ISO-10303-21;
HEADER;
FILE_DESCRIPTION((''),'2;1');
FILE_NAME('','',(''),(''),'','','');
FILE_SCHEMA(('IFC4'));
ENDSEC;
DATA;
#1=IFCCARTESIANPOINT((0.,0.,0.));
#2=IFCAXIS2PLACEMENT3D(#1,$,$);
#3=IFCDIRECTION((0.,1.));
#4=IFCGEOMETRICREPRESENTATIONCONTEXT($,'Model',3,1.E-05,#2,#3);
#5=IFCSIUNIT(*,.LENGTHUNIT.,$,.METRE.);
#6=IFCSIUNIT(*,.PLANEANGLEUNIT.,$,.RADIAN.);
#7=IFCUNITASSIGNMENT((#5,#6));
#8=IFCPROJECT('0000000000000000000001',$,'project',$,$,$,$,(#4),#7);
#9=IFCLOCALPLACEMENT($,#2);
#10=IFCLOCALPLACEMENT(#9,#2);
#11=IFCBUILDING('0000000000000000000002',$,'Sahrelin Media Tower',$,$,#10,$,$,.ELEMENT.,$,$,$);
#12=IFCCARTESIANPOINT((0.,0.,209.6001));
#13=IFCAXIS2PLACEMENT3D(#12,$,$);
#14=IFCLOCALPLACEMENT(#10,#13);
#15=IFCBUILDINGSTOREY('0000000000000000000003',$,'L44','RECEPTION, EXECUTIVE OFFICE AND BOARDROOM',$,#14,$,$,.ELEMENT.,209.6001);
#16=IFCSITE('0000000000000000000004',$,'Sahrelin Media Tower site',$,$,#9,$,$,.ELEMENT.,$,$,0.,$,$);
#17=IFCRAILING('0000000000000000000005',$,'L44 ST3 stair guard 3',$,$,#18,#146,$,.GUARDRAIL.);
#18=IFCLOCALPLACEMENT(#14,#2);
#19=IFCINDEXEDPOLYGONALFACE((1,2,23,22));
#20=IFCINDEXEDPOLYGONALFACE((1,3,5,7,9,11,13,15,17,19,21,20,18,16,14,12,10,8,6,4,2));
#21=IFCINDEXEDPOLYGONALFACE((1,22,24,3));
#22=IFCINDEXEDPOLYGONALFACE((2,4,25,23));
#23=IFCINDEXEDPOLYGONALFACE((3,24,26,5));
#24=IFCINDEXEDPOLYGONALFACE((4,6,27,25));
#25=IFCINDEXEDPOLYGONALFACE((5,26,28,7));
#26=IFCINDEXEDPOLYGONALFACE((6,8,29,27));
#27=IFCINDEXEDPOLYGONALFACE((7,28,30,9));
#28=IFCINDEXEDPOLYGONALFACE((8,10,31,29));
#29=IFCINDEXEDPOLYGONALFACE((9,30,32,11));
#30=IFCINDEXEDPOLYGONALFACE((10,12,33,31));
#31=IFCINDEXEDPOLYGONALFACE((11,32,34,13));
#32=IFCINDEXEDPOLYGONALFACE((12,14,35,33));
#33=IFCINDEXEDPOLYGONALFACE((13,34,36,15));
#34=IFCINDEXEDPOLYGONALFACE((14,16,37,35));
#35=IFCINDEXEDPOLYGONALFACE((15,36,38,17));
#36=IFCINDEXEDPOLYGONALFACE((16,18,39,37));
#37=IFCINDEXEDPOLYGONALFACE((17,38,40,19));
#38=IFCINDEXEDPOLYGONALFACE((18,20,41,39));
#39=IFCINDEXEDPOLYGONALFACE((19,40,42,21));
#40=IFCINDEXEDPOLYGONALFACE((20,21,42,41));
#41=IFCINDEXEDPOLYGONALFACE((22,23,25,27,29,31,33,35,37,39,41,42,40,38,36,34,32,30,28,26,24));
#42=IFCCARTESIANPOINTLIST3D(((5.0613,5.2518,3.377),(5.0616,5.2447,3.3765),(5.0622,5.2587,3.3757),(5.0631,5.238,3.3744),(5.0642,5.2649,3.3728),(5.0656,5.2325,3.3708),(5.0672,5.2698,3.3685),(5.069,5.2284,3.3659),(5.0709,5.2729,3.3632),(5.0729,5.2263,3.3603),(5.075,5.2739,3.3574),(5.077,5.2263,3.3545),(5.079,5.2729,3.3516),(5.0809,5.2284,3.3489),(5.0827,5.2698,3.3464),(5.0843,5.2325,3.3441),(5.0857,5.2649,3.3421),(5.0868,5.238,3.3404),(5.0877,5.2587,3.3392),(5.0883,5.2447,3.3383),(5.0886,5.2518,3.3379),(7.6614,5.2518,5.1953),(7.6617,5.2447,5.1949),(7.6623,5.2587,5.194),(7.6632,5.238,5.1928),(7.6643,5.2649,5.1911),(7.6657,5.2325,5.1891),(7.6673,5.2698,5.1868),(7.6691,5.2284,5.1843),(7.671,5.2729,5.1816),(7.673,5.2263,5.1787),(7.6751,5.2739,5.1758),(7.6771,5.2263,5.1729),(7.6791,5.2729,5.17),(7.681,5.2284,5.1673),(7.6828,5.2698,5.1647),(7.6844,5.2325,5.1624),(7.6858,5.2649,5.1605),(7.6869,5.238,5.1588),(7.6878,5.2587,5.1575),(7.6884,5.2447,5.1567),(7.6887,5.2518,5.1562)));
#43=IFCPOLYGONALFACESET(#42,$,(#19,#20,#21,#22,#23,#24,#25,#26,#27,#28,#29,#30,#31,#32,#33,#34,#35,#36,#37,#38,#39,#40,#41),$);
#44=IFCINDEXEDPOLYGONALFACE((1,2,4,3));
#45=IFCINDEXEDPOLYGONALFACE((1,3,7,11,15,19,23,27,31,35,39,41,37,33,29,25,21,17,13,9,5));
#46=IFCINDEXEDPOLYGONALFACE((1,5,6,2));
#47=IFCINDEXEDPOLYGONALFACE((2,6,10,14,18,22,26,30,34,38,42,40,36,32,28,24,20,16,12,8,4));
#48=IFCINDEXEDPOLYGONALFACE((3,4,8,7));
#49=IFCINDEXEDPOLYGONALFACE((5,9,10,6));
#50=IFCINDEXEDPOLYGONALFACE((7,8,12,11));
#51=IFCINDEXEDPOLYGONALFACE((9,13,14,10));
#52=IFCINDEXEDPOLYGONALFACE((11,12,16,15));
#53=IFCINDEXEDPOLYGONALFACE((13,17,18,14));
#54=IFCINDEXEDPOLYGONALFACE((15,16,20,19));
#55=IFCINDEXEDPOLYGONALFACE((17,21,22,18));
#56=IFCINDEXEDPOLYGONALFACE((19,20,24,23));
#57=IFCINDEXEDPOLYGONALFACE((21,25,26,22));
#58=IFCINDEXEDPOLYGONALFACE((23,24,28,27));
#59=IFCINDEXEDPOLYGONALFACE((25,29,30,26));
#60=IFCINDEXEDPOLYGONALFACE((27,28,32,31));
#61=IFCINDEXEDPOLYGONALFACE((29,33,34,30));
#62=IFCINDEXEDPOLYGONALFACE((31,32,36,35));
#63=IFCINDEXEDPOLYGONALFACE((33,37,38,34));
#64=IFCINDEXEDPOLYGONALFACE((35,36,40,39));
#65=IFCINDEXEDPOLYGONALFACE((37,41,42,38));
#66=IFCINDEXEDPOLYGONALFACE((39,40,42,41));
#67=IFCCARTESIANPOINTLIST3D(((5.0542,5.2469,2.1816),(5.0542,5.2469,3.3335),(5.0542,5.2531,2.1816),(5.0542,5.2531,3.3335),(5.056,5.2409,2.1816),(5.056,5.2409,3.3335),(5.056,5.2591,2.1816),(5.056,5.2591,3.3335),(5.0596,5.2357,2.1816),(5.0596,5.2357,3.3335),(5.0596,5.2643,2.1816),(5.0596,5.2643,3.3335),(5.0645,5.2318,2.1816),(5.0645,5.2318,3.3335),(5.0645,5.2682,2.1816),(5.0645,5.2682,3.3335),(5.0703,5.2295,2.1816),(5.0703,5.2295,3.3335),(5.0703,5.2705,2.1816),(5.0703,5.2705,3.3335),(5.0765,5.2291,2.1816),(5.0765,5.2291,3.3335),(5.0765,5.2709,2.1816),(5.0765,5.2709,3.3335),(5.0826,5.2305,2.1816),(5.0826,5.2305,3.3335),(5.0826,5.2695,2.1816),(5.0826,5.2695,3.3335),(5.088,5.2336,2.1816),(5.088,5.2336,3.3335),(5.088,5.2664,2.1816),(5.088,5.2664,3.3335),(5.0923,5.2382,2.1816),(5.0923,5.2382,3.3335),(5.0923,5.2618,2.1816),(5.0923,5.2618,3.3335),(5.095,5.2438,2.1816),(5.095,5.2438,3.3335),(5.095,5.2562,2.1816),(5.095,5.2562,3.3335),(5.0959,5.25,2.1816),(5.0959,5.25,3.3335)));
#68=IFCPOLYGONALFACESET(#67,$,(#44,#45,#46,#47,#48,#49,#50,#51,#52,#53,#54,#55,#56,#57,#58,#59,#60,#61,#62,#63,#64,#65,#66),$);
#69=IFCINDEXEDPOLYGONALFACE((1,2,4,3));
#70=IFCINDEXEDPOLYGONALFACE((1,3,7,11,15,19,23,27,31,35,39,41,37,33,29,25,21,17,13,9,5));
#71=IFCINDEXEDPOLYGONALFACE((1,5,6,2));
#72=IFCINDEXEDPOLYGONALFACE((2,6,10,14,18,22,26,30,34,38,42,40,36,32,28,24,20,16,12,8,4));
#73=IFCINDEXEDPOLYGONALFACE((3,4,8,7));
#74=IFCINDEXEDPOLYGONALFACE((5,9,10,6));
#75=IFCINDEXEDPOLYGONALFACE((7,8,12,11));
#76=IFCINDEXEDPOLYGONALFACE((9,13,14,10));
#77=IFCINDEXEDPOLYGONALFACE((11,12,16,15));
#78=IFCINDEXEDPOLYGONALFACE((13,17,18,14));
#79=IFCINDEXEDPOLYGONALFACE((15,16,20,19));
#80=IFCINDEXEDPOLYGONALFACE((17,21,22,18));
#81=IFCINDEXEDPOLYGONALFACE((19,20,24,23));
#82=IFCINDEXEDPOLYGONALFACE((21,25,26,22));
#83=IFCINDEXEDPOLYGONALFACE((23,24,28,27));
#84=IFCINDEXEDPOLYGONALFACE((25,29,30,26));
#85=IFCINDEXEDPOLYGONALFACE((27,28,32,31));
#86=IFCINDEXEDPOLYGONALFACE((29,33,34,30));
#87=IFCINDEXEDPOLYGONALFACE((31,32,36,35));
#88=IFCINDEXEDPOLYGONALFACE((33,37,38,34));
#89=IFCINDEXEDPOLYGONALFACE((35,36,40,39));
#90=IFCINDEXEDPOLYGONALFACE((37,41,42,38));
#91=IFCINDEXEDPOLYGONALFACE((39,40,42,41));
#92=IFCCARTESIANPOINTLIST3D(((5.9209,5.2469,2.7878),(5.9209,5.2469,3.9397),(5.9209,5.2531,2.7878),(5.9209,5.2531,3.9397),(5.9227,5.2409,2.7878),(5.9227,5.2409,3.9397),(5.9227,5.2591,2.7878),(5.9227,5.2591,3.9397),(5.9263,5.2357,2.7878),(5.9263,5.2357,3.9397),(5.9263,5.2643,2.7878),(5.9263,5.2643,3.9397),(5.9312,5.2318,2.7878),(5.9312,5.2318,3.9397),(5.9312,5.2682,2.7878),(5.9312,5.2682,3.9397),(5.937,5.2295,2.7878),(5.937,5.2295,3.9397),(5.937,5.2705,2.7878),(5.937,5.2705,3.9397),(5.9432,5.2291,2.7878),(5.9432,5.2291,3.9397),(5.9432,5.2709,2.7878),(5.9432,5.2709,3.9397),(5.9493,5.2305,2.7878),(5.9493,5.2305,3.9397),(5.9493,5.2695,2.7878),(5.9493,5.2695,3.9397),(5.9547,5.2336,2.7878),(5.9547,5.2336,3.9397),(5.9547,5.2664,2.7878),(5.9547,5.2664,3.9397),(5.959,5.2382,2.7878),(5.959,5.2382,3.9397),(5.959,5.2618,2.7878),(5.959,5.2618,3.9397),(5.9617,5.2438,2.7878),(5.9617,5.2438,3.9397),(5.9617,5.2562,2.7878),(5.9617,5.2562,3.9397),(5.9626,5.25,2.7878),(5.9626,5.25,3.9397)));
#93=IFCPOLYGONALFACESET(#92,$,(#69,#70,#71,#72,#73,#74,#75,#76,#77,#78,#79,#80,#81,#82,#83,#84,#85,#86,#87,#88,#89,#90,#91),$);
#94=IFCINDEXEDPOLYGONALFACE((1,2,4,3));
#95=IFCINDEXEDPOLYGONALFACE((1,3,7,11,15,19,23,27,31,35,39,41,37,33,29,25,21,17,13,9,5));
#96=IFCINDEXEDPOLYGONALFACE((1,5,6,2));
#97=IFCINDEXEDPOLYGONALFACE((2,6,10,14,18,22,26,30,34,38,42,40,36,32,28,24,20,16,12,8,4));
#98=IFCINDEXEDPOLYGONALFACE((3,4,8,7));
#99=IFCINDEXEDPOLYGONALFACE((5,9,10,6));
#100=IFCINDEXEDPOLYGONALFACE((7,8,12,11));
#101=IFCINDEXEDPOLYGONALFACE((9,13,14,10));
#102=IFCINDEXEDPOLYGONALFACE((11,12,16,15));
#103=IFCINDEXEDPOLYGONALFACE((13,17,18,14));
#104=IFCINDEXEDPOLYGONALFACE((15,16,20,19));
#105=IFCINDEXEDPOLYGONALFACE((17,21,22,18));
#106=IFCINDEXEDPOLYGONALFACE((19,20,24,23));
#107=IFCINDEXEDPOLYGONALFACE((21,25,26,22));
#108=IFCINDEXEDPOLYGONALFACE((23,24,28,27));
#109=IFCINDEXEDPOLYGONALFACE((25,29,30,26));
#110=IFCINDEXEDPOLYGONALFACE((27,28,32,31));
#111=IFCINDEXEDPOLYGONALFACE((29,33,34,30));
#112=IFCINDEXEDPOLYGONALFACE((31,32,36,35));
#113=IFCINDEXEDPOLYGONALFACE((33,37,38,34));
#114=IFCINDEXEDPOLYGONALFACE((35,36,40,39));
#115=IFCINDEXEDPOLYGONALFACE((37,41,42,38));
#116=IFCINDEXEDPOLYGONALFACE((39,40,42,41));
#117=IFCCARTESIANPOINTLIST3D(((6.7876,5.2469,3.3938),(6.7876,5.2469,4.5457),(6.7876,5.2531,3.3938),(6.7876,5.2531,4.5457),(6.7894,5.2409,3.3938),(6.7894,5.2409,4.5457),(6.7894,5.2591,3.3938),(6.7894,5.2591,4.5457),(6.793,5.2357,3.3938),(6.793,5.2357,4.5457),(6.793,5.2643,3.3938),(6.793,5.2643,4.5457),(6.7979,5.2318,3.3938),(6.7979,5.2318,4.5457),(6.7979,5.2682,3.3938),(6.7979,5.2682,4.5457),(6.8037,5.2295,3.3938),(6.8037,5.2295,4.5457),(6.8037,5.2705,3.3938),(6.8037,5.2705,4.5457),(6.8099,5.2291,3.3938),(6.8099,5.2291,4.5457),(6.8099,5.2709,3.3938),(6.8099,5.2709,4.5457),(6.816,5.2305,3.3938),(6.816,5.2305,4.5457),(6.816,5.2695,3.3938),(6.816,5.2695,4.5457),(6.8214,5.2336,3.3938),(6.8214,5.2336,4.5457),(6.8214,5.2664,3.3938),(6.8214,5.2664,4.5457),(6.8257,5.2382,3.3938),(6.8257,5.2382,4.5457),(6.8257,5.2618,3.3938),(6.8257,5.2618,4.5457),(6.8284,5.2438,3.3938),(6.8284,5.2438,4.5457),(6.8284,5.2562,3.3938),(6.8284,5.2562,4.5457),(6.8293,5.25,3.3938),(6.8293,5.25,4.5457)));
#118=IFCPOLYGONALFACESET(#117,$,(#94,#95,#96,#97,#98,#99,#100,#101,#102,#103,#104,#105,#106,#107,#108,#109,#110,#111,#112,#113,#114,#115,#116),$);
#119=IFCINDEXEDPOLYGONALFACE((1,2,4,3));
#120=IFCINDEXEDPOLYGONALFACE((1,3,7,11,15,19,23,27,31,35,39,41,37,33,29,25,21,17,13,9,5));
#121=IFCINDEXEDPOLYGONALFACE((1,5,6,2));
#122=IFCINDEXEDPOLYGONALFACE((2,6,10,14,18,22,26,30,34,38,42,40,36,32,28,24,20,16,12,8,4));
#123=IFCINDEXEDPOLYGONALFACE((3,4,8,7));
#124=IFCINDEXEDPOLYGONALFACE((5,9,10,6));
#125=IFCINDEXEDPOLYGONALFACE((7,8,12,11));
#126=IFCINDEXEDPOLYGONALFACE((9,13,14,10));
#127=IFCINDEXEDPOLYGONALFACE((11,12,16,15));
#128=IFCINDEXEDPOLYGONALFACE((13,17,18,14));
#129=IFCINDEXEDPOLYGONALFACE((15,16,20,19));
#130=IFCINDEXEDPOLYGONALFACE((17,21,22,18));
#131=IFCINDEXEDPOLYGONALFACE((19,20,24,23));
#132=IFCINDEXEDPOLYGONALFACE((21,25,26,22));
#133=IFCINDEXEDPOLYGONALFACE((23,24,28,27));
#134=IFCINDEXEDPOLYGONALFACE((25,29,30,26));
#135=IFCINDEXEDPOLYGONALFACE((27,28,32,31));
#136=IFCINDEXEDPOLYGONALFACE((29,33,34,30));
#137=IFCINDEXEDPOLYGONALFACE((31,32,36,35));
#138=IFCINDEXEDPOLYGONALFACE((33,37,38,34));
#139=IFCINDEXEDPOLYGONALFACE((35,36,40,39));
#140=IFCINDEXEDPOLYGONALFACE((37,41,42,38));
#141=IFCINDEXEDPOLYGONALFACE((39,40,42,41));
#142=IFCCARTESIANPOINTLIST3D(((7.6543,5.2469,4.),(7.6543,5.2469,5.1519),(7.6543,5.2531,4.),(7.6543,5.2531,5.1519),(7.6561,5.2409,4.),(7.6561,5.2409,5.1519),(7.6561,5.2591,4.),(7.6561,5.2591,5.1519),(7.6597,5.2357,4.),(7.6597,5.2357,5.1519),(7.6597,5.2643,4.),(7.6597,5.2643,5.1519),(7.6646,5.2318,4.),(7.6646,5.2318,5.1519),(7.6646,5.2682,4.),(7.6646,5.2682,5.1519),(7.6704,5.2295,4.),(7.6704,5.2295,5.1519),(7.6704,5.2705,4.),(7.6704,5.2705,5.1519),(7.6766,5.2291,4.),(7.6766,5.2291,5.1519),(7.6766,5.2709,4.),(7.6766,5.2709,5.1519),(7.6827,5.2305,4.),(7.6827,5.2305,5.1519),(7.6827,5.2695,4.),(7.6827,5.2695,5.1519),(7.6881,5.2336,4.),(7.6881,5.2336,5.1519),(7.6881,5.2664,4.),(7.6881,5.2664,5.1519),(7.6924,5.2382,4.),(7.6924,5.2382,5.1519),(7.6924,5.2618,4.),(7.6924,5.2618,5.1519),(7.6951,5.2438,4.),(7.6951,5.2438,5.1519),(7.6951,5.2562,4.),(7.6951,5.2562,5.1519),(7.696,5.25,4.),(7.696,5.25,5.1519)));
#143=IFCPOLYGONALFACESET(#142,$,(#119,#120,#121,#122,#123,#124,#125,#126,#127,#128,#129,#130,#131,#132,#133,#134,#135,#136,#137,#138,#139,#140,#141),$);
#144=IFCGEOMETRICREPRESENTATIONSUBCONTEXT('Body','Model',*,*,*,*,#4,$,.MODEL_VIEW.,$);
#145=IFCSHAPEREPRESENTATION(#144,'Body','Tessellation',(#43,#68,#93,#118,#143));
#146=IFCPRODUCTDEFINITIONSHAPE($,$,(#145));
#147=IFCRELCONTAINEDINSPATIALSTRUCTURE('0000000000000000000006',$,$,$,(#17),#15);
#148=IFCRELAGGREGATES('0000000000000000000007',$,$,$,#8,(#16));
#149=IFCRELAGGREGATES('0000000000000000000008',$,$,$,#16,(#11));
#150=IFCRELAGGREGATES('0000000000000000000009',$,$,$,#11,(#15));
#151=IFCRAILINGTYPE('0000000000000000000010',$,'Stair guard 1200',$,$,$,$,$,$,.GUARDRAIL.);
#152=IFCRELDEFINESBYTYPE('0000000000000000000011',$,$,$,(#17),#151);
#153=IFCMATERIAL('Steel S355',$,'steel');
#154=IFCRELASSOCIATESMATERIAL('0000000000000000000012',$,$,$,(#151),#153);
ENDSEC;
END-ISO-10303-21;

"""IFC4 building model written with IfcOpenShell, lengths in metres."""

from ifc_helpers import new_model, si_unit, direction, frame, origin, origin_2d, place, context, subcontext, project, spatial, circle, extrude, material, type_object, element, save


model = new_model("IFC4")

# Units and contexts
model_context = context("Model", 3, precision=1e-05, world=origin(), true_north=direction((0.0, 1.0)))
body_context = subcontext(model_context, "Body", "Model", "MODEL_VIEW")
ifc_project = project(units=[si_unit("LENGTHUNIT", "METRE"), si_unit("PLANEANGLEUNIT", "RADIAN")], contexts=[model_context])

# Site, building, storey
site_placement = place(None, origin())
site = spatial("IfcSite", under=ifc_project, at=site_placement, Name="Sahrelin Media Tower site", CompositionType="ELEMENT", RefElevation=0.0)
building_placement = place(site_placement, origin())
building = spatial("IfcBuilding", under=site, at=building_placement, Name="Sahrelin Media Tower", CompositionType="ELEMENT")
storey_placement = place(building_placement, frame((0.0, 0.0, 209.6001)))
storey = spatial("IfcBuildingStorey", under=building, at=storey_placement, Name="L44", Description="RECEPTION, EXECUTIVE OFFICE AND BOARDROOM", CompositionType="ELEMENT", Elevation=209.6001)

# Shared definitions
ifc_material_1 = material(Name="Steel S355", Category="steel")

# Railing
railing_type_1 = type_object("IfcRailingType", Name="Stair guard 1200", PredefinedType="GUARDRAIL", material=ifc_material_1)
railing_1_placement = place(storey_placement, frame((5.075, 5.25, 2.1816)))
element("IfcRailing", 1, at=railing_1_placement, inside=storey, type_object=railing_type_1, Name="L44 ST3 stair guard 3", PredefinedType="GUARDRAIL", context=body_context, shape_type="SweptSolid", body=[
    extrude(circle(Radius=0.0239, at=origin_2d()), frame((0.0, 0.0, 1.1758), z_axis=(0.819485, 0.0, 0.573101), x_axis=(0.0, 1.0, 0.0)), (0.0, 0.0, 1.0), 3.1729),
    extrude(circle(Radius=0.021, at=origin_2d()), origin(), (0.0, 0.0, 1.0), 1.1519),
    extrude(circle(Radius=0.021, at=origin_2d()), frame((0.8667, 0.0, 0.6062)), (0.0, 0.0, 1.0), 1.1519),
    extrude(circle(Radius=0.021, at=origin_2d()), frame((1.7334, 0.0, 1.2122)), (0.0, 0.0, 1.0), 1.1519),
    extrude(circle(Radius=0.021, at=origin_2d()), frame((2.6001, 0.0, 1.8184)), (0.0, 0.0, 1.0), 1.1519),
])

save(model, "model.ifc")
